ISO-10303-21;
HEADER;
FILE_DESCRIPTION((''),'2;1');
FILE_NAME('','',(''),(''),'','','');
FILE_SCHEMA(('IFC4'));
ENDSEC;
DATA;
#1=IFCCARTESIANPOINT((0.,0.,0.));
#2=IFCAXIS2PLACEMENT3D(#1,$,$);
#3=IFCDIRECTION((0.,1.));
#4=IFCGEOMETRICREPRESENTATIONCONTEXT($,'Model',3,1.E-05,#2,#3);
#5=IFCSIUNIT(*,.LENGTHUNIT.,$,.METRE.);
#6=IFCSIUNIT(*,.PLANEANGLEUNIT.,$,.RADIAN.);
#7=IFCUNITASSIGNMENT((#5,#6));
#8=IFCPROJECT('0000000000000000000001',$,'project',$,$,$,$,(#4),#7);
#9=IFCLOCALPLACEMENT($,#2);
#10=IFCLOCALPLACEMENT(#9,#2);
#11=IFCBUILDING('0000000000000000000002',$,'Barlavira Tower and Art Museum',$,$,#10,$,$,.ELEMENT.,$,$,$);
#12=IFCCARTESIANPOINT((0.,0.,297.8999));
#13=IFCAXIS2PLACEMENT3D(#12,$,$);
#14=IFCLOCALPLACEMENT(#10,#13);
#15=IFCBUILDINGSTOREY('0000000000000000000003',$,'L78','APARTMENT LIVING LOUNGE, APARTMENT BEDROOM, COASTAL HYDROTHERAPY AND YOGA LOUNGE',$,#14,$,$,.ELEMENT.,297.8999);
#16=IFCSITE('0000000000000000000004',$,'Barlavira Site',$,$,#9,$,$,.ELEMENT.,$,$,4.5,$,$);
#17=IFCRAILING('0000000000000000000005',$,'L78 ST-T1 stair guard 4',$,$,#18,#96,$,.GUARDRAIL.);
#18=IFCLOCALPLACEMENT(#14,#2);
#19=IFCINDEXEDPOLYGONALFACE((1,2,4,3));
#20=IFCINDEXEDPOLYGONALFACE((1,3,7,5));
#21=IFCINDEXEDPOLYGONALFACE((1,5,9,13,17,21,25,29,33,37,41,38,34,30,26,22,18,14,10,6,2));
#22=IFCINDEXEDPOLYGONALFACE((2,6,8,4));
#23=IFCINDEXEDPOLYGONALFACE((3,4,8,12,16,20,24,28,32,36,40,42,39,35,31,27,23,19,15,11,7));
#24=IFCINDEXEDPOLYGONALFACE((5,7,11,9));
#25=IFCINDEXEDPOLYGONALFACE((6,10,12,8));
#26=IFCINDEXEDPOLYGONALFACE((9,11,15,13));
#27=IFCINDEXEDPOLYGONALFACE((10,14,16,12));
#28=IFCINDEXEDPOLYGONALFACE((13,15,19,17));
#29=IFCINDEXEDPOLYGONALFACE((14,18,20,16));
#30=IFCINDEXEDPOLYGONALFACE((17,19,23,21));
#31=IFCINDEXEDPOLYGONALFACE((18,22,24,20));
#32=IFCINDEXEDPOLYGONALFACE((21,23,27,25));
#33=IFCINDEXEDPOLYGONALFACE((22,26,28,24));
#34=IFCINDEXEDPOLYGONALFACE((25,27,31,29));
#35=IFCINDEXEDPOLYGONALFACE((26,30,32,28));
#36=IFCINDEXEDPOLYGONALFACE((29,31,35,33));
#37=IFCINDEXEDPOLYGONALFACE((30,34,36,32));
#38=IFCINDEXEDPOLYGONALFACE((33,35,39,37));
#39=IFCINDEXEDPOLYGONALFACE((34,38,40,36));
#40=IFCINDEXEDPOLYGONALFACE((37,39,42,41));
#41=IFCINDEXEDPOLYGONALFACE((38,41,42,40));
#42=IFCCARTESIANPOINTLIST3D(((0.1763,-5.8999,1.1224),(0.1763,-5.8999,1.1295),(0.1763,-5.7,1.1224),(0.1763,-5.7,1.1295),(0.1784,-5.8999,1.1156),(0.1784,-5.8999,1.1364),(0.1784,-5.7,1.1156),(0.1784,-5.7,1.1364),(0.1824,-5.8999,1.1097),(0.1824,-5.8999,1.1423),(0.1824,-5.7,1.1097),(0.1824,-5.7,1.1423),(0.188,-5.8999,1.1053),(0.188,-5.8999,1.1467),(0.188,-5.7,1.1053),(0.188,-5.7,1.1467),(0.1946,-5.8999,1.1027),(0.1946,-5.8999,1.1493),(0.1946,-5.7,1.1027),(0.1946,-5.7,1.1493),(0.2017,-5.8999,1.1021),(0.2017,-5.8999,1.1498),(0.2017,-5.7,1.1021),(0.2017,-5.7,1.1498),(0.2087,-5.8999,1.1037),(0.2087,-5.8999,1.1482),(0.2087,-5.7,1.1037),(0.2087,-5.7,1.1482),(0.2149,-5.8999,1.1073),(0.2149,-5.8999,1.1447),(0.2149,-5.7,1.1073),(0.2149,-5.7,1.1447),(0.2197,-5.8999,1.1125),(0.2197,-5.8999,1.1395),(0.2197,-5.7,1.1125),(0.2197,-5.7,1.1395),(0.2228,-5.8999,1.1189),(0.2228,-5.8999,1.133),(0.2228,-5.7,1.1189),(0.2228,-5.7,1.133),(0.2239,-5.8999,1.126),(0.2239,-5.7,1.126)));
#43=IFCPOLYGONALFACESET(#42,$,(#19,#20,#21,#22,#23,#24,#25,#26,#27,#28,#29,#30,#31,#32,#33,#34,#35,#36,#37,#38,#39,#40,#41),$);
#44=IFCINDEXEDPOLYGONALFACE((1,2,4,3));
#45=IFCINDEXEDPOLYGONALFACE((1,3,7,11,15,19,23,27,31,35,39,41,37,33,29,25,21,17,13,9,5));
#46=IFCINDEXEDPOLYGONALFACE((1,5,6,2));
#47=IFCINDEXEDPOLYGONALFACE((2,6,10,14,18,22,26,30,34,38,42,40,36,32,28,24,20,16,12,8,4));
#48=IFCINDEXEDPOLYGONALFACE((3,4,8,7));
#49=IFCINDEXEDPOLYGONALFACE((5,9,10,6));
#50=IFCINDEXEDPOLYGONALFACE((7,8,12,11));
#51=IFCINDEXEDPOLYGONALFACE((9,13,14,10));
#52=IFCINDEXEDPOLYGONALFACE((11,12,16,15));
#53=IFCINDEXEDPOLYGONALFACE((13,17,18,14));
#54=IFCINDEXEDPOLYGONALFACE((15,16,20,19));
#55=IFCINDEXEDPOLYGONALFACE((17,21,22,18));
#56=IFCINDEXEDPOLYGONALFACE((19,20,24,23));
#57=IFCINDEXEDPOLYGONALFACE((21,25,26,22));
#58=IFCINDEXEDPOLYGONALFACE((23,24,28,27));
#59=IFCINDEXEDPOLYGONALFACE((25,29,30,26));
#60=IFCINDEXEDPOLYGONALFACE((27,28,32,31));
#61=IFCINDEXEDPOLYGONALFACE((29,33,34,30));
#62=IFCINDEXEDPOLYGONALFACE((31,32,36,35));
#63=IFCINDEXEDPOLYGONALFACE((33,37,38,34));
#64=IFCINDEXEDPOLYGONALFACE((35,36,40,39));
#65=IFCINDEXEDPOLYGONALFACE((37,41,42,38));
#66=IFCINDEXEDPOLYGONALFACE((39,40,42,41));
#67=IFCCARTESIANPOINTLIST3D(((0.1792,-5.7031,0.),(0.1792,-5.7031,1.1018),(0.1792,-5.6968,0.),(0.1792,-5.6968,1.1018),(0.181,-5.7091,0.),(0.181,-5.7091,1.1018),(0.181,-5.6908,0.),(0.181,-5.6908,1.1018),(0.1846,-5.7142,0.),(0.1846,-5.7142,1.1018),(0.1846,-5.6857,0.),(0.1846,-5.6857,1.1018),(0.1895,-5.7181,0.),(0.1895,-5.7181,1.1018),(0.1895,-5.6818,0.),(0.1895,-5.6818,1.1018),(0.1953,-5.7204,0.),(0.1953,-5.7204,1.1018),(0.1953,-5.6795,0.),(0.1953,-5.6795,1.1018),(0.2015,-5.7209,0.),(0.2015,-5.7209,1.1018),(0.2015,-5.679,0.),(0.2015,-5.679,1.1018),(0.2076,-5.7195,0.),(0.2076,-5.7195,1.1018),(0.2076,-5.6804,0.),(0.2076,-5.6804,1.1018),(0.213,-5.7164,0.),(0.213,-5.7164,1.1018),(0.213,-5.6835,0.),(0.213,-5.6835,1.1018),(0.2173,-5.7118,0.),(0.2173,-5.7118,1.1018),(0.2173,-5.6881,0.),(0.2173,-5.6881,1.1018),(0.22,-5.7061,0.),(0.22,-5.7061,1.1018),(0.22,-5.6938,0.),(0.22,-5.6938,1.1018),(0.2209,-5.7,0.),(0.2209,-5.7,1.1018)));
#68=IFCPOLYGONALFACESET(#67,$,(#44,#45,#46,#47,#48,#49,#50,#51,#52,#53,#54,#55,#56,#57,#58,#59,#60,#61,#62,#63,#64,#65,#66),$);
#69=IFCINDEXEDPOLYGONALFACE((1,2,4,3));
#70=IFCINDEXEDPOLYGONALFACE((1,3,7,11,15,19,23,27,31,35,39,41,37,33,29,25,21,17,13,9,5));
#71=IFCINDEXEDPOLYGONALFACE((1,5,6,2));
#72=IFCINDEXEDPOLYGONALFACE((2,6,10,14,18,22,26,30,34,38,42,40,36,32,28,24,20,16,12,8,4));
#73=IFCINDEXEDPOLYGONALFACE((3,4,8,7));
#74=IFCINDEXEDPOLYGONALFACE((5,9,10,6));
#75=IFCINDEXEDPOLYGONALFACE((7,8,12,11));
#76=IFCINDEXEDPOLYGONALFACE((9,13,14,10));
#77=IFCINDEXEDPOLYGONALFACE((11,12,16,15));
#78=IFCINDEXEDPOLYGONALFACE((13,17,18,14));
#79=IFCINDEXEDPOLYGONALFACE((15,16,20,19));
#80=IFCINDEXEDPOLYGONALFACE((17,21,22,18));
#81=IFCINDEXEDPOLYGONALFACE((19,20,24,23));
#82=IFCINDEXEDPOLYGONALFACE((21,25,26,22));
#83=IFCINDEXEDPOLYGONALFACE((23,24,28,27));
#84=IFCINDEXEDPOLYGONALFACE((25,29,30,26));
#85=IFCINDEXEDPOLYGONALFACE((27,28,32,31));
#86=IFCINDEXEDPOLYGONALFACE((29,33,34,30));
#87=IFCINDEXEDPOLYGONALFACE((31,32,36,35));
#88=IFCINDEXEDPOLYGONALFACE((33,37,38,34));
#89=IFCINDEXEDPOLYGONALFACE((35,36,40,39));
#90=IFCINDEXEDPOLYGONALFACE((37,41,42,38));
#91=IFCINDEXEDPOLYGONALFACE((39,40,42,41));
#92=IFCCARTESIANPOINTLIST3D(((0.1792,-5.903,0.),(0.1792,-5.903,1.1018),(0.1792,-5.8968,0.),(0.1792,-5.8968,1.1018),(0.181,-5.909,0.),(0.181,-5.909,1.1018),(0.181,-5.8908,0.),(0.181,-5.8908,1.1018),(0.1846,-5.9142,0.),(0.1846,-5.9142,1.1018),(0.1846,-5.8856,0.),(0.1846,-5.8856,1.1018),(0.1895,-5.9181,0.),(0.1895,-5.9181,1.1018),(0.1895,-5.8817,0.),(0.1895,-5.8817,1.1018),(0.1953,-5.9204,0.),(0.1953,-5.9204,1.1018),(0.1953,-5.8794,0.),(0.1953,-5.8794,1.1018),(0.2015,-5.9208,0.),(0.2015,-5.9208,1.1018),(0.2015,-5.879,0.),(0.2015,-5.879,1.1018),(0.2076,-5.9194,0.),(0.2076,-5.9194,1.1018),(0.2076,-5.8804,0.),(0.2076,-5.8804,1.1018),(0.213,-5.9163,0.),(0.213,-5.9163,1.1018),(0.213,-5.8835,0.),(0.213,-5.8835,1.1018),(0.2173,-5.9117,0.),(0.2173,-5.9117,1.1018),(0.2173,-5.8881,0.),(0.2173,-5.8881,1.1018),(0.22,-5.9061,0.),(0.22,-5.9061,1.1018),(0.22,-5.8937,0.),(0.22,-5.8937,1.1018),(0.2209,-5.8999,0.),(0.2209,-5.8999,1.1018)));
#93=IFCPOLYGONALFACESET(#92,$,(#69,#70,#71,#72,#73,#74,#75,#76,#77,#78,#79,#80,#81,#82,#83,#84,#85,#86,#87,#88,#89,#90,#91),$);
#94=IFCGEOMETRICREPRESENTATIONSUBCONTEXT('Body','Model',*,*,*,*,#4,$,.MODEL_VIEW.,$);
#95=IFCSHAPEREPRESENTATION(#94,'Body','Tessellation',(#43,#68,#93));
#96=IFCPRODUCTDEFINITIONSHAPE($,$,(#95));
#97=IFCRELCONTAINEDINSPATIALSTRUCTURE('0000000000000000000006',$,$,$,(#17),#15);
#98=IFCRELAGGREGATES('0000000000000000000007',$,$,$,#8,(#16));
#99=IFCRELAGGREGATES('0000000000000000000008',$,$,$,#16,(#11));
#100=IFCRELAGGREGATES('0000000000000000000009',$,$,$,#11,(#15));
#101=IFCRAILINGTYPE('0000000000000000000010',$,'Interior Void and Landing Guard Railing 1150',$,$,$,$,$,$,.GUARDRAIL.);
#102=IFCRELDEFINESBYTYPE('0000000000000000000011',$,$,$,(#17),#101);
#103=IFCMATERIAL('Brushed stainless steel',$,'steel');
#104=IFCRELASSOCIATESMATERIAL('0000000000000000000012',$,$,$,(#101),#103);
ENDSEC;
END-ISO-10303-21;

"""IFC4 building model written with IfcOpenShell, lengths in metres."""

from ifc_helpers import new_model, si_unit, direction, frame, origin, origin_2d, place, context, subcontext, project, spatial, circle, extrude, material, type_object, element, save


model = new_model("IFC4")

# Units and contexts
model_context = context("Model", 3, precision=1e-05, world=origin(), true_north=direction((0.0, 1.0)))
body_context = subcontext(model_context, "Body", "Model", "MODEL_VIEW")
ifc_project = project(units=[si_unit("LENGTHUNIT", "METRE"), si_unit("PLANEANGLEUNIT", "RADIAN")], contexts=[model_context])

# Site, building, storey
site_placement = place(None, origin())
site = spatial("IfcSite", under=ifc_project, at=site_placement, Name="Barlavira Site", CompositionType="ELEMENT", RefElevation=4.5)
building_placement = place(site_placement, origin())
building = spatial("IfcBuilding", under=site, at=building_placement, Name="Barlavira Tower and Art Museum", CompositionType="ELEMENT")
storey_placement = place(building_placement, frame((0.0, 0.0, 297.8999)))
storey = spatial("IfcBuildingStorey", under=building, at=storey_placement, Name="L78", Description="APARTMENT LIVING LOUNGE, APARTMENT BEDROOM, COASTAL HYDROTHERAPY AND YOGA LOUNGE", CompositionType="ELEMENT", Elevation=297.8999)

# Shared definitions
ifc_material_1 = material(Name="Brushed stainless steel", Category="steel")

# Railing
railing_type_1 = type_object("IfcRailingType", Name="Interior Void and Landing Guard Railing 1150", PredefinedType="GUARDRAIL", material=ifc_material_1)
railing_1_placement = place(storey_placement, frame((0.2, -5.7, 0.0)))
element("IfcRailing", 1, at=railing_1_placement, inside=storey, type_object=railing_type_1, Name="L78 ST-T1 stair guard 4", PredefinedType="GUARDRAIL", context=body_context, shape_type="SweptSolid", body=[
    extrude(circle(Radius=0.0239, at=origin_2d()), frame((0.0, 0.0, 1.126), z_axis=(0.0, -1.0, 0.0), x_axis=(1.0, 0.0, 0.0)), (0.0, 0.0, 1.0), 0.2),
    extrude(circle(Radius=0.021, at=origin_2d()), origin(), (0.0, 0.0, 1.0), 1.1018),
    extrude(circle(Radius=0.021, at=origin_2d()), frame((0.0, -0.2, 0.0)), (0.0, 0.0, 1.0), 1.1018),
])

save(model, "model.ifc")
